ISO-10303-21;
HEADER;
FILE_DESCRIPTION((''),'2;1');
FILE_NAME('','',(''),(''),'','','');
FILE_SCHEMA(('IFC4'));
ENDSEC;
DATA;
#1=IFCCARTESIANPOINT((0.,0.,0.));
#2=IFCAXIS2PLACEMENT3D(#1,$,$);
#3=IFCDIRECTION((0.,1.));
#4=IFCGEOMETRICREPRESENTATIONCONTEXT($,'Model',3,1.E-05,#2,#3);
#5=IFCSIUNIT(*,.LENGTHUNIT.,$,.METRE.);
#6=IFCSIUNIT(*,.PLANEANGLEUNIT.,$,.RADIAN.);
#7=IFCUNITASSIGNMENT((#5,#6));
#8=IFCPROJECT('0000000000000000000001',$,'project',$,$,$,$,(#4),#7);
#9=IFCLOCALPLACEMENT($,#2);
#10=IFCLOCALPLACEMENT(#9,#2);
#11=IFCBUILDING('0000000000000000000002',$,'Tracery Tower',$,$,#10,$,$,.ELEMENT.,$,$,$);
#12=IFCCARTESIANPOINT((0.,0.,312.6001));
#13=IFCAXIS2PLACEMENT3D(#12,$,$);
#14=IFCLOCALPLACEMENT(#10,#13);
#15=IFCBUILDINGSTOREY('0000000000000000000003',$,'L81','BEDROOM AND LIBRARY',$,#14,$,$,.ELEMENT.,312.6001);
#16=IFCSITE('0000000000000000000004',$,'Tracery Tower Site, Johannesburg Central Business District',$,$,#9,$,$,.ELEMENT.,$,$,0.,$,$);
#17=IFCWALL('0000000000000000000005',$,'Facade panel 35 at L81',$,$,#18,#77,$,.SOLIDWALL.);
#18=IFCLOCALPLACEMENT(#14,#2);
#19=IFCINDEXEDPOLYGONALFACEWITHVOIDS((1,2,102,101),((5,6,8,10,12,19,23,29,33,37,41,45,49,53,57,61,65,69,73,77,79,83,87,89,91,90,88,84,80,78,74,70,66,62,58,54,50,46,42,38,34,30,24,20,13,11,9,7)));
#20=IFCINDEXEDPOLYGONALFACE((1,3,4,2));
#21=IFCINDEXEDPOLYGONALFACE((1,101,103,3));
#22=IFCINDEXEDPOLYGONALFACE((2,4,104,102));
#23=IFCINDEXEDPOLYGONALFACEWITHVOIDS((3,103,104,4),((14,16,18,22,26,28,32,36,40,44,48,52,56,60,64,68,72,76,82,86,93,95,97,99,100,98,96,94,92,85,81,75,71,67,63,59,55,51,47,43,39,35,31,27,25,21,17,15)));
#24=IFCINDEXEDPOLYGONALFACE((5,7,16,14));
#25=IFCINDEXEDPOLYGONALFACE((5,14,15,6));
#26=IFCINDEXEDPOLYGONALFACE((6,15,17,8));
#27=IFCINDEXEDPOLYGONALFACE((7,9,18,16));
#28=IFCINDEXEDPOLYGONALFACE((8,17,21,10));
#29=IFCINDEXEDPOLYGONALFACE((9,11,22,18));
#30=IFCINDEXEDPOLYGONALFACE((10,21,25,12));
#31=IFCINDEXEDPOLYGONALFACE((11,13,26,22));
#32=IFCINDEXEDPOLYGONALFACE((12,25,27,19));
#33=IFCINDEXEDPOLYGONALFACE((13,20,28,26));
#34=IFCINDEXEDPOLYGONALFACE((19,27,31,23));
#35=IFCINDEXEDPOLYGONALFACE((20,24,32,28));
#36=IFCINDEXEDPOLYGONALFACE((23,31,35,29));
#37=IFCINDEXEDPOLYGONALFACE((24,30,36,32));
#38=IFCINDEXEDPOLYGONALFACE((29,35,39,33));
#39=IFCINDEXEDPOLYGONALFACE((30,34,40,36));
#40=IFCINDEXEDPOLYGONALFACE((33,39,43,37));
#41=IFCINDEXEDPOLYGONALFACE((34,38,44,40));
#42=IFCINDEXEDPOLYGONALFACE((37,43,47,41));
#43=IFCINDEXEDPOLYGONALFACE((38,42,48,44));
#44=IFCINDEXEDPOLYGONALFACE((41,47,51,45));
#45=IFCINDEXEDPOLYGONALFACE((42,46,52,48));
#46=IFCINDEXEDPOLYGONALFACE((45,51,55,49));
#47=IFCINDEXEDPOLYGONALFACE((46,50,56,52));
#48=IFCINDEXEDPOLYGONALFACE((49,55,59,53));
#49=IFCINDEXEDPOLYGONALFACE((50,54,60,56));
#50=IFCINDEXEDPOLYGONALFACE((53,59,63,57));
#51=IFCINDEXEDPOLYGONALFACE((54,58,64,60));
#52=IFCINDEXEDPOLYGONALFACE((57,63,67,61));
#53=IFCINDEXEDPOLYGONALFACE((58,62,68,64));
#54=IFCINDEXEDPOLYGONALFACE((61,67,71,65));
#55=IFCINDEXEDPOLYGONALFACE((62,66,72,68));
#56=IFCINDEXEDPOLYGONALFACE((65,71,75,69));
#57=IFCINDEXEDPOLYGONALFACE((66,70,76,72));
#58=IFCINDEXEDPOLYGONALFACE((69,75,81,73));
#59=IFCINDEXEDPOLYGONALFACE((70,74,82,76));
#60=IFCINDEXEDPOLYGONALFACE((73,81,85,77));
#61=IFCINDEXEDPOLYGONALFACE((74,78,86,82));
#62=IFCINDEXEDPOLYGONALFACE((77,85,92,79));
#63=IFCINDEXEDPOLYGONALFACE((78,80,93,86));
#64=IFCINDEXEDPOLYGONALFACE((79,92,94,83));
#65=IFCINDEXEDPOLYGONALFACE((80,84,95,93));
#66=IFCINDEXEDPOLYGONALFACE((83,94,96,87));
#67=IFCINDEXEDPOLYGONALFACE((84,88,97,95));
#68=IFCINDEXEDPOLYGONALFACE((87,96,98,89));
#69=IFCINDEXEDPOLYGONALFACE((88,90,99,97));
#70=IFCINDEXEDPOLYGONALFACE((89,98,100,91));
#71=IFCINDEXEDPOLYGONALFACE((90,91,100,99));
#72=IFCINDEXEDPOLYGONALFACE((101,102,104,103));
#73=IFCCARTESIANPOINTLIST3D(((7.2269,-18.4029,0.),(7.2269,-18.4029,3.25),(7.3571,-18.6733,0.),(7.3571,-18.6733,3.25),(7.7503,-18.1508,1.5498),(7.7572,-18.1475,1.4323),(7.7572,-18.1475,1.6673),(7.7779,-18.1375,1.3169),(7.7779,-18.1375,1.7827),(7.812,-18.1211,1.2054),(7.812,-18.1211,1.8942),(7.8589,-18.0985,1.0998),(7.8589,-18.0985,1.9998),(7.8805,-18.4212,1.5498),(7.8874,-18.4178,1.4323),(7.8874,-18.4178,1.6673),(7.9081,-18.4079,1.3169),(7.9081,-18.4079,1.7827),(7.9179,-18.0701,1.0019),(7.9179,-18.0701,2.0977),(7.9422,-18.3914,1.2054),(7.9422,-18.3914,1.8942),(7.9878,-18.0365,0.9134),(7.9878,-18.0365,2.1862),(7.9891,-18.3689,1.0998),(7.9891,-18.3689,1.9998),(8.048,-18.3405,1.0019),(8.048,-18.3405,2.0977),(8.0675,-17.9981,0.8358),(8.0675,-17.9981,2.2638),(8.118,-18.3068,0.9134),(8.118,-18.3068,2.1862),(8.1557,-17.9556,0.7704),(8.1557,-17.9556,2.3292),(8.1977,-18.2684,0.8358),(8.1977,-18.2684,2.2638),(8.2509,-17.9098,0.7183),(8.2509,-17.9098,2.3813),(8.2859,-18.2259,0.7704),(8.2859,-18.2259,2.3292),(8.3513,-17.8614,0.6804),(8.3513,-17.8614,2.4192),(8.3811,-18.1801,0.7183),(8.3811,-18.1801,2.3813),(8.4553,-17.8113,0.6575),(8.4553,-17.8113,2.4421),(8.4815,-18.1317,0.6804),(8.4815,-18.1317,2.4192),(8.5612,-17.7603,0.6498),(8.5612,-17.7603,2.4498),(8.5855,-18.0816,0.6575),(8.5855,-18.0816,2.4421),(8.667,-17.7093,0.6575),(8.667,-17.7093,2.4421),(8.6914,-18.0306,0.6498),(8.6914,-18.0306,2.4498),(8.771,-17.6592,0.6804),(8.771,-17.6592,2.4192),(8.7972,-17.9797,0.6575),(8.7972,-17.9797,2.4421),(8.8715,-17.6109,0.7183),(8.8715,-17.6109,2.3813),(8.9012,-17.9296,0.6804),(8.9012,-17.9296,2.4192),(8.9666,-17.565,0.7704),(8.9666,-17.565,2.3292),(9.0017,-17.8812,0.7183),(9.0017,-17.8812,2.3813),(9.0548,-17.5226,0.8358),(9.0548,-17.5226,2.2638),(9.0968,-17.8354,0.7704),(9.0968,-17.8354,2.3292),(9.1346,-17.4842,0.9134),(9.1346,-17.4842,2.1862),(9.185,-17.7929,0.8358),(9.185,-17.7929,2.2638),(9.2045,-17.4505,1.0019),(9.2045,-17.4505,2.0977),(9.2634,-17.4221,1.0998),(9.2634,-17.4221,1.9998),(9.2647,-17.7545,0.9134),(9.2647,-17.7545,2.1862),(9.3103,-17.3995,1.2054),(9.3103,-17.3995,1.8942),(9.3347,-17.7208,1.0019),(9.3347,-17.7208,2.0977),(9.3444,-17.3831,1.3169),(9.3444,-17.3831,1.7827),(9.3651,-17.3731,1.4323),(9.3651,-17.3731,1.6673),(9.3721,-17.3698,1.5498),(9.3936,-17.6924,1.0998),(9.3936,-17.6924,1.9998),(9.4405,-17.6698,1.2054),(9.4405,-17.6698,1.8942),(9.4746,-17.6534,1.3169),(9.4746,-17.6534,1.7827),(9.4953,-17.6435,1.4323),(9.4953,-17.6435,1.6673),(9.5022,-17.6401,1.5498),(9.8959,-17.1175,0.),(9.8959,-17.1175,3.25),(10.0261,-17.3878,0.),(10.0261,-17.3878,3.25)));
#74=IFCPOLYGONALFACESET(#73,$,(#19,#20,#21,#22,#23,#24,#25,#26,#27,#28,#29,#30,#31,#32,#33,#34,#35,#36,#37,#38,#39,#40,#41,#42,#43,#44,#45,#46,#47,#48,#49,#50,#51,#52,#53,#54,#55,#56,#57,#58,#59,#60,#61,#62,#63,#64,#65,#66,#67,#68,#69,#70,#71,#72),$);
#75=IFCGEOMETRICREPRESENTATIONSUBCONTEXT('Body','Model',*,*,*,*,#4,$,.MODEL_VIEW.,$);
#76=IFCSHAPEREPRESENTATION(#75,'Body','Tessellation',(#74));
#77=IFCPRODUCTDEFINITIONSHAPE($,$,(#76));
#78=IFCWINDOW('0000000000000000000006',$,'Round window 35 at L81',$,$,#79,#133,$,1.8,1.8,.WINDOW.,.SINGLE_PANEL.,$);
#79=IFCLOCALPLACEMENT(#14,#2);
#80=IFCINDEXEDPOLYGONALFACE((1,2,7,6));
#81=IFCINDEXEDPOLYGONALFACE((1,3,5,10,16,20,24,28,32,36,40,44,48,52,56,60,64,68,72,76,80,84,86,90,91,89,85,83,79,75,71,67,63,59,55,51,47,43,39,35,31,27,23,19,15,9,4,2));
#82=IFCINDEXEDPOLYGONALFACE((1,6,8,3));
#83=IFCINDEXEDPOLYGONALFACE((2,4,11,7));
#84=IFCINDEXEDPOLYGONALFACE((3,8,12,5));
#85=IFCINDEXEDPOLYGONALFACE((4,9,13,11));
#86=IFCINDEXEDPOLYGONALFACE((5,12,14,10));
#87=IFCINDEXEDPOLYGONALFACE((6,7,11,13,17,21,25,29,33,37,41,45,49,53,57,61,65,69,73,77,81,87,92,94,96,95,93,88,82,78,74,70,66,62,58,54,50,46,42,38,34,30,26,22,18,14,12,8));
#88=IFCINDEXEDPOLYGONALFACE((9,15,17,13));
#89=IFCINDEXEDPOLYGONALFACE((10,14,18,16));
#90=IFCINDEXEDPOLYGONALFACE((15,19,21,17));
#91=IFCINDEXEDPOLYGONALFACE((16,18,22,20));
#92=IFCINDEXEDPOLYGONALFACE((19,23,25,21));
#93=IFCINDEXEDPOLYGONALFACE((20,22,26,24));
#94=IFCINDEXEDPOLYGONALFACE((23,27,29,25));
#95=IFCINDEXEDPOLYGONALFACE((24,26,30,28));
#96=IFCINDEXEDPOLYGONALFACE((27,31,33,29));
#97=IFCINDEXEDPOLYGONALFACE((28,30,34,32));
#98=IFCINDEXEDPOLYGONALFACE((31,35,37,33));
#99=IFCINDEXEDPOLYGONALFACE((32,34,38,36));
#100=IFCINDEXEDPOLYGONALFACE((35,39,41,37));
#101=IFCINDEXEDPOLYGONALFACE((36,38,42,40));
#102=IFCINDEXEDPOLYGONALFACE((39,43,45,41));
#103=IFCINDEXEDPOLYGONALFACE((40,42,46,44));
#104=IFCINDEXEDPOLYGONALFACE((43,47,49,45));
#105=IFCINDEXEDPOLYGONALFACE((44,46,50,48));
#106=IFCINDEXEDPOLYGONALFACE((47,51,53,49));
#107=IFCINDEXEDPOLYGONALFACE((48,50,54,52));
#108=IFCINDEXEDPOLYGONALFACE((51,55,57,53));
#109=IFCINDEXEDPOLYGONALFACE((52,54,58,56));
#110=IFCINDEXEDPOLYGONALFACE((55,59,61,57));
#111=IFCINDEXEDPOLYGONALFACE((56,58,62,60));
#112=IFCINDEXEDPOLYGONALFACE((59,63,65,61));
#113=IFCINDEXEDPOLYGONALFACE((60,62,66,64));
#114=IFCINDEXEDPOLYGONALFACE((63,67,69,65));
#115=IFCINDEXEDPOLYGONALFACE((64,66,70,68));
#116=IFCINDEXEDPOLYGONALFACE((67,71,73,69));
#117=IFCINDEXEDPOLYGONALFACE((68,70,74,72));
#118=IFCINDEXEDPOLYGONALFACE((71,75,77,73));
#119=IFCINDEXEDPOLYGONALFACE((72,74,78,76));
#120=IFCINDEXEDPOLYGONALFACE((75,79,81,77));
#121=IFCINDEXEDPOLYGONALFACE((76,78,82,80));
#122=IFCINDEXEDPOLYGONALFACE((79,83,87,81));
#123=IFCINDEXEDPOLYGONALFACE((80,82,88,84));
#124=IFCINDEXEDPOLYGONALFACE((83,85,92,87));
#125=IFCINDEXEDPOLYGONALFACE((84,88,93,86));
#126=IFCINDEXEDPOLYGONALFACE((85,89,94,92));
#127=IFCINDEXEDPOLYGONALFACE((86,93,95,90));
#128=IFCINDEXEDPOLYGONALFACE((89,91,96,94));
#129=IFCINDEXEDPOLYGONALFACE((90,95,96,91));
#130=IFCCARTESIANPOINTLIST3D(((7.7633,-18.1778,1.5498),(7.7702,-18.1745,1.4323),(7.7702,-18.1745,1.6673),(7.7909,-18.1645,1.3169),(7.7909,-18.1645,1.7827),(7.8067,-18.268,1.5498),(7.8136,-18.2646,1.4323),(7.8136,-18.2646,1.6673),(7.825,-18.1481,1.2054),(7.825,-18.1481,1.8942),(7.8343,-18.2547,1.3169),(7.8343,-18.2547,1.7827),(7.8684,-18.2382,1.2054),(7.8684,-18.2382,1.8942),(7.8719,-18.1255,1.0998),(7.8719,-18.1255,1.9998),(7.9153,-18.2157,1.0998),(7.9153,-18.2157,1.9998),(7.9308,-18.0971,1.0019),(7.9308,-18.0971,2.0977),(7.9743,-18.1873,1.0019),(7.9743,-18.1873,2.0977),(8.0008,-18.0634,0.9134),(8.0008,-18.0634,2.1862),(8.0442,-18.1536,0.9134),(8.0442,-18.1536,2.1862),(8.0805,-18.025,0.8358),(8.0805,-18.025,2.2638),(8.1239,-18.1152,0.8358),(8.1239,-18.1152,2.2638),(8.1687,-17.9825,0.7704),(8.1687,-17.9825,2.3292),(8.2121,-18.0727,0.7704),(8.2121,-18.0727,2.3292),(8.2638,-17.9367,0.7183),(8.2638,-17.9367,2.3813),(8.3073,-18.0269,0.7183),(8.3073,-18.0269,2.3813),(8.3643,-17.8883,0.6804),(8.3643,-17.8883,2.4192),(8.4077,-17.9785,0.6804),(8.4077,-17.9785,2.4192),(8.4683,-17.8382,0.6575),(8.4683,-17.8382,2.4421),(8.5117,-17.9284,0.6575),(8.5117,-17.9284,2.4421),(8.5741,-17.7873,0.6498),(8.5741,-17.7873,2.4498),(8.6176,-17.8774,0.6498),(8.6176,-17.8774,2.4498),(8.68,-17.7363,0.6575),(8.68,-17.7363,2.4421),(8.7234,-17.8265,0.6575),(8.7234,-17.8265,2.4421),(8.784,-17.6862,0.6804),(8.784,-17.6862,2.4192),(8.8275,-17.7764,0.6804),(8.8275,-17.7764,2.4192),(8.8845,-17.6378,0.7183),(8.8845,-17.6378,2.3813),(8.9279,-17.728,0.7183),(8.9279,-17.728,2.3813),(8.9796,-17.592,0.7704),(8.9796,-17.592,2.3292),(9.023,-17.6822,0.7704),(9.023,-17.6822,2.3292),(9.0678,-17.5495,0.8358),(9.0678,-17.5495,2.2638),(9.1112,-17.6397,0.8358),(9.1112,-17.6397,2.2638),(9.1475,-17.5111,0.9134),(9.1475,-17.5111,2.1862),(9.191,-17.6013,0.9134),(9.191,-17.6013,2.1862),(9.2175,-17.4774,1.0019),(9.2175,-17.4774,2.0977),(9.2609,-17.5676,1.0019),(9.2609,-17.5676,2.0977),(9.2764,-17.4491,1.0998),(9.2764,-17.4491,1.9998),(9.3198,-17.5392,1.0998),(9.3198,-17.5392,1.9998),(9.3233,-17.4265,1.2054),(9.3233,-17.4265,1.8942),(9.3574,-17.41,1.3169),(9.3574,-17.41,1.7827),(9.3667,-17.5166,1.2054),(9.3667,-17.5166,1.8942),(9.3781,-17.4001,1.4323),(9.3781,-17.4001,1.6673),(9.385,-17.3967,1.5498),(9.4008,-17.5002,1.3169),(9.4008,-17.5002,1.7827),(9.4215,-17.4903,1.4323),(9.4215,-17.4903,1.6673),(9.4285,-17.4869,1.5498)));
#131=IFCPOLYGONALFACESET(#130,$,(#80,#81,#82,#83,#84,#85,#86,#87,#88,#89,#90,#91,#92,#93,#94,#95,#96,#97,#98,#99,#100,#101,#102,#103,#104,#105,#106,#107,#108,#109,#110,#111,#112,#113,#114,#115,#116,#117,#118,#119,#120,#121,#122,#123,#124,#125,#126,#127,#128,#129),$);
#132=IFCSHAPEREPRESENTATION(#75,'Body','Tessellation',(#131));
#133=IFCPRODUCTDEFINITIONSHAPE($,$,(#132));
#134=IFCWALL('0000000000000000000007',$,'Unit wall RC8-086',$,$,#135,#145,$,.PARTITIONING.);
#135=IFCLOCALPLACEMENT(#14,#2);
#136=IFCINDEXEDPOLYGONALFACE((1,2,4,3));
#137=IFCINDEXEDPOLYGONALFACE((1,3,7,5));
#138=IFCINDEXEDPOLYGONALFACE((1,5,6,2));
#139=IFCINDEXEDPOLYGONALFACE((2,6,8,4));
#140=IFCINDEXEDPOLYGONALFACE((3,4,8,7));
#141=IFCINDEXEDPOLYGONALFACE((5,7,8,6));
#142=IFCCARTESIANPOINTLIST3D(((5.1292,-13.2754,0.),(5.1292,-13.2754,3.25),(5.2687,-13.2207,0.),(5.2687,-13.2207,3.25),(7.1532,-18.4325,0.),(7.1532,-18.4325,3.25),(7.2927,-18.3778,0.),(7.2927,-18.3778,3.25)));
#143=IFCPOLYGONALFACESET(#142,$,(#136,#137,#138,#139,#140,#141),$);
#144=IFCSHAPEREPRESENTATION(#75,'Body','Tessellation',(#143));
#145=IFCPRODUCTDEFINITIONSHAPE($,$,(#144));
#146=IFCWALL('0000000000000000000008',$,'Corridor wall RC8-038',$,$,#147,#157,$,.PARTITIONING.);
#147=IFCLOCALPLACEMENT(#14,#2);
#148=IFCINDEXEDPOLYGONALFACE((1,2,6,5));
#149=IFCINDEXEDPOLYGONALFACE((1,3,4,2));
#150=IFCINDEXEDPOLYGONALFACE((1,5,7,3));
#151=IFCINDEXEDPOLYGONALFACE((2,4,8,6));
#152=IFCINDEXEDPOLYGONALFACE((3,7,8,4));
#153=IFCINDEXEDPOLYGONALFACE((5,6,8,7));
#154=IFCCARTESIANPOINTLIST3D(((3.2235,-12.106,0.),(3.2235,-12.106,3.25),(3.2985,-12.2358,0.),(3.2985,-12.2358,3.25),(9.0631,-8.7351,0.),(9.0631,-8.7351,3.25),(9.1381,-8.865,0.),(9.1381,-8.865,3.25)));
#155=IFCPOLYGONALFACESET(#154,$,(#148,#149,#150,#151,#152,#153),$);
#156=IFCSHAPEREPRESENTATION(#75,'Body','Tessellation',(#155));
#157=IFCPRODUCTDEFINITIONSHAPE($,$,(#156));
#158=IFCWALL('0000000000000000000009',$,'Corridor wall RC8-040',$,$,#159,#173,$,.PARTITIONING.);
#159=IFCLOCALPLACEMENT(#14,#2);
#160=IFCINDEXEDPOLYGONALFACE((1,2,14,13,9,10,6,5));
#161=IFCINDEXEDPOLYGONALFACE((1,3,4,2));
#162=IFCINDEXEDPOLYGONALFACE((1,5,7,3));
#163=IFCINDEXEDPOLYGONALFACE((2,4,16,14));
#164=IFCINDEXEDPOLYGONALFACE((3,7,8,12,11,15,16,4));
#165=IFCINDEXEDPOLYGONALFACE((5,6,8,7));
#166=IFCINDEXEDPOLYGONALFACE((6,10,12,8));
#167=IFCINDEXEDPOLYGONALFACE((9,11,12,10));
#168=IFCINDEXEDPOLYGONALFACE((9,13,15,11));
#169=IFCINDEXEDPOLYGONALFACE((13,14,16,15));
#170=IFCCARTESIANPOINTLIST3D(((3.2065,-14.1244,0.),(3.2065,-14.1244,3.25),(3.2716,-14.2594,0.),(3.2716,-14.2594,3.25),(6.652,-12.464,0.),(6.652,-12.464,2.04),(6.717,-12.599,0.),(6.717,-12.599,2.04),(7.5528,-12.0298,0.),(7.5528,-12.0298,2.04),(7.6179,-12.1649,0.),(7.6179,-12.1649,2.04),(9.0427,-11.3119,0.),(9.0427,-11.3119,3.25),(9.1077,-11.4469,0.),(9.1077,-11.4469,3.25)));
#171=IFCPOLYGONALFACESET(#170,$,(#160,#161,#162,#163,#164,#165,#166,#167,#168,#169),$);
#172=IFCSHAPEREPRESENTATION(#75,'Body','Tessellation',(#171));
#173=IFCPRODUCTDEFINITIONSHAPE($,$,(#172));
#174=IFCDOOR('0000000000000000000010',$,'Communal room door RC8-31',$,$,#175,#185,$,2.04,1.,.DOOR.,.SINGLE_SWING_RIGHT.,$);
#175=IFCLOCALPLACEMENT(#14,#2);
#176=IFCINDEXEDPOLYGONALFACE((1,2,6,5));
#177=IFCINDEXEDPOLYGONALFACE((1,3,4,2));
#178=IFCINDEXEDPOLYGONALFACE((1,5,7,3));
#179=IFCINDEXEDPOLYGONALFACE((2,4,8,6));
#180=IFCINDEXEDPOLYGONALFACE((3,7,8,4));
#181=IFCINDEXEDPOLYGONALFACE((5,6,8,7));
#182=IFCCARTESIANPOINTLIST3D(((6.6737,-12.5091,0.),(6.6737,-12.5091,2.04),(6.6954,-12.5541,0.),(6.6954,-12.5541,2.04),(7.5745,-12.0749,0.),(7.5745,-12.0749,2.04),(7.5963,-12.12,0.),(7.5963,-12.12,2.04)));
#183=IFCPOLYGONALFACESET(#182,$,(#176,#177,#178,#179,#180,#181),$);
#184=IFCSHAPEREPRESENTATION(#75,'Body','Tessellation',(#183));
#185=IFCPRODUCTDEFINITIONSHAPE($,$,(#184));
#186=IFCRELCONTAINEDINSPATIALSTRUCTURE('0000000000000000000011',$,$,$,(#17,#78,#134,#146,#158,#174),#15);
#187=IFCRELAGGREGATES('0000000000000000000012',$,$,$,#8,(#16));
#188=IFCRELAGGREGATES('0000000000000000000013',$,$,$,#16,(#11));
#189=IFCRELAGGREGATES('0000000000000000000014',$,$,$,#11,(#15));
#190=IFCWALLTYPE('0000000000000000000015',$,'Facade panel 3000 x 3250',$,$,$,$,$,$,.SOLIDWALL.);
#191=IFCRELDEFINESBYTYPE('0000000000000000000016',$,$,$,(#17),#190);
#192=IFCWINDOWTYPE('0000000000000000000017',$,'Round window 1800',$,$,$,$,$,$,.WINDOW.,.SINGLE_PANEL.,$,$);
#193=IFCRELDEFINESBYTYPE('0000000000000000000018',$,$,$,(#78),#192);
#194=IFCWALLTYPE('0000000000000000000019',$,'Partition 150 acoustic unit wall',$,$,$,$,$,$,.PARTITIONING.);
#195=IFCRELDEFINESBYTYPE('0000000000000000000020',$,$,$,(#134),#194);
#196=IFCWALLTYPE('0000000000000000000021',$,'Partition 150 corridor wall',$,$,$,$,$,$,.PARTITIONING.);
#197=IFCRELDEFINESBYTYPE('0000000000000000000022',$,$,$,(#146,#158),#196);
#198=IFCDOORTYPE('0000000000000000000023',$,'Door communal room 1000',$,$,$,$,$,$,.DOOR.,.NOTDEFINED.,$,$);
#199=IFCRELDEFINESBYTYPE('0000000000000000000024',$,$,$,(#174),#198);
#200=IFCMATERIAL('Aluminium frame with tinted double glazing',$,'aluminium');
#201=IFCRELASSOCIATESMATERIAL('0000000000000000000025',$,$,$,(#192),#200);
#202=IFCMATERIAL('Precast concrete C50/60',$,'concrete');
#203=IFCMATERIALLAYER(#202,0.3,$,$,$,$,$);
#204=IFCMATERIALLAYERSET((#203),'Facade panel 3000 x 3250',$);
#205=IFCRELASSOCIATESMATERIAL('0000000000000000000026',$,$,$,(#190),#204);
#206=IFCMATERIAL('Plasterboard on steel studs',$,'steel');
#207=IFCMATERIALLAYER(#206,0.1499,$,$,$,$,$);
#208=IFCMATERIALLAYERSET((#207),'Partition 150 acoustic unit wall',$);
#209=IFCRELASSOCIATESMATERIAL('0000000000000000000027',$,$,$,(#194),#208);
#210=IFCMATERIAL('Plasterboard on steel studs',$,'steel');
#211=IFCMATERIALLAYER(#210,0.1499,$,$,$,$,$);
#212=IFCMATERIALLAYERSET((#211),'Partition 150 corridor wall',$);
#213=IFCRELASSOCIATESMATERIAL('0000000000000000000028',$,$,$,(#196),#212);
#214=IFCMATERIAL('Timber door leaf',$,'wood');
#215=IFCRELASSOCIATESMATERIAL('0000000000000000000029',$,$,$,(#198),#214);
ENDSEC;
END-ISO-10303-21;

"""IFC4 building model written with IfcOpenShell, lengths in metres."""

from ifc_helpers import new_model, si_unit, direction, frame, frame_2d, origin, origin_2d, place, context, subcontext, project, spatial, rectangle, circle, extrude, material, layer, layer_set, type_object, element, fill, save


model = new_model("IFC4")

# Units and contexts
model_context = context("Model", 3, precision=1e-05, world=origin(), true_north=direction((0.0, 1.0)))
body_context = subcontext(model_context, "Body", "Model", "MODEL_VIEW")
ifc_project = project(units=[si_unit("LENGTHUNIT", "METRE"), si_unit("PLANEANGLEUNIT", "RADIAN")], contexts=[model_context])

# Site, building, storey
site_placement = place(None, origin())
site = spatial("IfcSite", under=ifc_project, at=site_placement, Name="Tracery Tower Site, Johannesburg Central Business District", CompositionType="ELEMENT", RefElevation=0.0)
building_placement = place(site_placement, origin())
building = spatial("IfcBuilding", under=site, at=building_placement, Name="Tracery Tower", CompositionType="ELEMENT")
storey_placement = place(building_placement, frame((0.0, 0.0, 312.6001)))
storey = spatial("IfcBuildingStorey", under=building, at=storey_placement, Name="L81", Description="BEDROOM AND LIBRARY", CompositionType="ELEMENT", Elevation=312.6001)

# Wall, opening, window
ifc_material_1 = material(Name="Aluminium frame with tinted double glazing", Category="aluminium")
window_type = type_object("IfcWindowType", Name="Round window 1800", PartitioningType="SINGLE_PANEL", PredefinedType="WINDOW", material=ifc_material_1)
ifc_material_2 = material(Name="Precast concrete C50/60", Category="concrete")
ifc_layer_1 = layer(ifc_material_2, 0.3)
ifc_layer_set_1 = layer_set([ifc_layer_1], Name="Facade panel 3000 x 3250")
wall_type_1 = type_object("IfcWallType", Name="Facade panel 3000 x 3250", PredefinedType="SOLIDWALL", material=ifc_layer_set_1)
wall_1_placement = place(storey_placement, frame((7.292, -18.5381, 0.0), z_axis=(0.0, 0.0, 1.0), x_axis=(0.900955, 0.433912, 0.0)))
wall_1 = element("IfcWall", 1, at=wall_1_placement, inside=storey, type_object=wall_type_1, Name="Facade panel 35 at L81", PredefinedType="SOLIDWALL", context=body_context, shape_type="SweptSolid", body=[
    extrude(rectangle(XDim=2.9624, YDim=0.3, at=frame_2d((1.4812, 0.0))), origin(), (0.0, 0.0, 1.0), 3.25),
])
opening_1_placement = place(wall_1_placement, frame((1.481, 0.0, 1.5498)))
opening_1 = element("IfcOpeningElement", 2, at=opening_1_placement, cuts=wall_1, PredefinedType="OPENING", context=body_context, shape_type="SweptSolid", body=[
    extrude(circle(Radius=0.9, at=origin_2d()), frame((0.0, 0.1599, 0.0), z_axis=(0.0, -1.0, 0.0), x_axis=(1.0, 0.0, 0.0)), (0.0, 0.0, 1.0), 0.3201),
])
window_1_placement = place(opening_1_placement, origin())
window_1 = element("IfcWindow", 3, at=window_1_placement, inside=storey, type_object=window_type, Name="Round window 35 at L81", OverallHeight=1.8, OverallWidth=1.8, PartitioningType="SINGLE_PANEL", PredefinedType="WINDOW", context=body_context, shape_type="SweptSolid", body=[
    extrude(circle(Radius=0.9, at=origin_2d()), frame((0.0, 0.1201, 0.0), z_axis=(0.0, -1.0, 0.0), x_axis=(1.0, 0.0, 0.0)), (0.0, 0.0, 1.0), 0.1001),
])
fill(opening_1, window_1)

# Walls
ifc_material_3 = material(Name="Plasterboard on steel studs", Category="steel")
ifc_layer_2 = layer(ifc_material_3, 0.1499)
ifc_layer_set_2 = layer_set([ifc_layer_2], Name="Partition 150 acoustic unit wall")
wall_type_2 = type_object("IfcWallType", Name="Partition 150 acoustic unit wall", PredefinedType="PARTITIONING", material=ifc_layer_set_2)
wall_2_placement = place(storey_placement, frame((5.199, -13.248, 0.0), z_axis=(0.0, 0.0, 1.0), x_axis=(0.365335, -0.930876, 0.0)))
element("IfcWall", 4, at=wall_2_placement, inside=storey, type_object=wall_type_2, Name="Unit wall RC8-086", PredefinedType="PARTITIONING", context=body_context, shape_type="SweptSolid", body=[
    extrude(rectangle(XDim=5.54, YDim=0.1499, at=frame_2d((2.77, 0.0))), origin(), (0.0, 0.0, 1.0), 3.25),
])
ifc_material_4 = material(Name="Plasterboard on steel studs", Category="steel")
ifc_layer_3 = layer(ifc_material_4, 0.1499)
ifc_layer_set_3 = layer_set([ifc_layer_3], Name="Partition 150 corridor wall")
wall_type_3 = type_object("IfcWallType", Name="Partition 150 corridor wall", PredefinedType="PARTITIONING", material=ifc_layer_set_3)
wall_3_placement = place(storey_placement, frame((3.261, -12.1709, 0.0), z_axis=(0.0, 0.0, 1.0), x_axis=(0.866067, 0.499928, 0.0)))
element("IfcWall", 5, at=wall_3_placement, inside=storey, type_object=wall_type_3, Name="Corridor wall RC8-038", PredefinedType="PARTITIONING", context=body_context, shape_type="SweptSolid", body=[
    extrude(rectangle(XDim=6.7427, YDim=0.1499, at=frame_2d((3.3713, 0.0))), origin(), (0.0, 0.0, 1.0), 3.25),
])

# Wall, opening, door
wall_4_placement = place(storey_placement, frame((3.239, -14.1919, 0.0), z_axis=(0.0, 0.0, 1.0), x_axis=(0.900852, 0.434127, 0.0)))
wall_4 = element("IfcWall", 6, at=wall_4_placement, inside=storey, type_object=wall_type_3, Name="Corridor wall RC8-040", PredefinedType="PARTITIONING", context=body_context, shape_type="SweptSolid", body=[
    extrude(rectangle(XDim=6.4785, YDim=0.1499, at=frame_2d((3.2393, 0.0))), origin(), (0.0, 0.0, 1.0), 3.25),
])
opening_2_placement = place(wall_4_placement, frame((3.8247, 0.0, 0.0)))
opening_2 = element("IfcOpeningElement", 7, at=opening_2_placement, cuts=wall_4, PredefinedType="OPENING", context=body_context, shape_type="SweptSolid", body=[
    extrude(rectangle(XDim=1.0, YDim=2.04, at=frame_2d((0.5, 1.02))), frame((0.0, 0.075, 0.0), z_axis=(0.0, -1.0, 0.0), x_axis=(1.0, 0.0, 0.0)), (0.0, 0.0, 1.0), 0.1499),
])
ifc_material_5 = material(Name="Timber door leaf", Category="wood")
door_type = type_object("IfcDoorType", Name="Door communal room 1000", OperationType="NOTDEFINED", PredefinedType="DOOR", material=ifc_material_5)
door_placement = place(opening_2_placement, origin())
door = element("IfcDoor", 8, at=door_placement, inside=storey, type_object=door_type, Name="Communal room door RC8-31", OperationType="SINGLE_SWING_RIGHT", OverallHeight=2.04, OverallWidth=1.0, PredefinedType="DOOR", context=body_context, shape_type="SweptSolid", body=[
    extrude(rectangle(XDim=1.0, YDim=2.04, at=frame_2d((0.5, 1.02))), frame((0.0, 0.0249, 0.0), z_axis=(0.0, -1.0, 0.0), x_axis=(1.0, 0.0, 0.0)), (0.0, 0.0, 1.0), 0.05),
])
fill(opening_2, door)

save(model, "model.ifc")
